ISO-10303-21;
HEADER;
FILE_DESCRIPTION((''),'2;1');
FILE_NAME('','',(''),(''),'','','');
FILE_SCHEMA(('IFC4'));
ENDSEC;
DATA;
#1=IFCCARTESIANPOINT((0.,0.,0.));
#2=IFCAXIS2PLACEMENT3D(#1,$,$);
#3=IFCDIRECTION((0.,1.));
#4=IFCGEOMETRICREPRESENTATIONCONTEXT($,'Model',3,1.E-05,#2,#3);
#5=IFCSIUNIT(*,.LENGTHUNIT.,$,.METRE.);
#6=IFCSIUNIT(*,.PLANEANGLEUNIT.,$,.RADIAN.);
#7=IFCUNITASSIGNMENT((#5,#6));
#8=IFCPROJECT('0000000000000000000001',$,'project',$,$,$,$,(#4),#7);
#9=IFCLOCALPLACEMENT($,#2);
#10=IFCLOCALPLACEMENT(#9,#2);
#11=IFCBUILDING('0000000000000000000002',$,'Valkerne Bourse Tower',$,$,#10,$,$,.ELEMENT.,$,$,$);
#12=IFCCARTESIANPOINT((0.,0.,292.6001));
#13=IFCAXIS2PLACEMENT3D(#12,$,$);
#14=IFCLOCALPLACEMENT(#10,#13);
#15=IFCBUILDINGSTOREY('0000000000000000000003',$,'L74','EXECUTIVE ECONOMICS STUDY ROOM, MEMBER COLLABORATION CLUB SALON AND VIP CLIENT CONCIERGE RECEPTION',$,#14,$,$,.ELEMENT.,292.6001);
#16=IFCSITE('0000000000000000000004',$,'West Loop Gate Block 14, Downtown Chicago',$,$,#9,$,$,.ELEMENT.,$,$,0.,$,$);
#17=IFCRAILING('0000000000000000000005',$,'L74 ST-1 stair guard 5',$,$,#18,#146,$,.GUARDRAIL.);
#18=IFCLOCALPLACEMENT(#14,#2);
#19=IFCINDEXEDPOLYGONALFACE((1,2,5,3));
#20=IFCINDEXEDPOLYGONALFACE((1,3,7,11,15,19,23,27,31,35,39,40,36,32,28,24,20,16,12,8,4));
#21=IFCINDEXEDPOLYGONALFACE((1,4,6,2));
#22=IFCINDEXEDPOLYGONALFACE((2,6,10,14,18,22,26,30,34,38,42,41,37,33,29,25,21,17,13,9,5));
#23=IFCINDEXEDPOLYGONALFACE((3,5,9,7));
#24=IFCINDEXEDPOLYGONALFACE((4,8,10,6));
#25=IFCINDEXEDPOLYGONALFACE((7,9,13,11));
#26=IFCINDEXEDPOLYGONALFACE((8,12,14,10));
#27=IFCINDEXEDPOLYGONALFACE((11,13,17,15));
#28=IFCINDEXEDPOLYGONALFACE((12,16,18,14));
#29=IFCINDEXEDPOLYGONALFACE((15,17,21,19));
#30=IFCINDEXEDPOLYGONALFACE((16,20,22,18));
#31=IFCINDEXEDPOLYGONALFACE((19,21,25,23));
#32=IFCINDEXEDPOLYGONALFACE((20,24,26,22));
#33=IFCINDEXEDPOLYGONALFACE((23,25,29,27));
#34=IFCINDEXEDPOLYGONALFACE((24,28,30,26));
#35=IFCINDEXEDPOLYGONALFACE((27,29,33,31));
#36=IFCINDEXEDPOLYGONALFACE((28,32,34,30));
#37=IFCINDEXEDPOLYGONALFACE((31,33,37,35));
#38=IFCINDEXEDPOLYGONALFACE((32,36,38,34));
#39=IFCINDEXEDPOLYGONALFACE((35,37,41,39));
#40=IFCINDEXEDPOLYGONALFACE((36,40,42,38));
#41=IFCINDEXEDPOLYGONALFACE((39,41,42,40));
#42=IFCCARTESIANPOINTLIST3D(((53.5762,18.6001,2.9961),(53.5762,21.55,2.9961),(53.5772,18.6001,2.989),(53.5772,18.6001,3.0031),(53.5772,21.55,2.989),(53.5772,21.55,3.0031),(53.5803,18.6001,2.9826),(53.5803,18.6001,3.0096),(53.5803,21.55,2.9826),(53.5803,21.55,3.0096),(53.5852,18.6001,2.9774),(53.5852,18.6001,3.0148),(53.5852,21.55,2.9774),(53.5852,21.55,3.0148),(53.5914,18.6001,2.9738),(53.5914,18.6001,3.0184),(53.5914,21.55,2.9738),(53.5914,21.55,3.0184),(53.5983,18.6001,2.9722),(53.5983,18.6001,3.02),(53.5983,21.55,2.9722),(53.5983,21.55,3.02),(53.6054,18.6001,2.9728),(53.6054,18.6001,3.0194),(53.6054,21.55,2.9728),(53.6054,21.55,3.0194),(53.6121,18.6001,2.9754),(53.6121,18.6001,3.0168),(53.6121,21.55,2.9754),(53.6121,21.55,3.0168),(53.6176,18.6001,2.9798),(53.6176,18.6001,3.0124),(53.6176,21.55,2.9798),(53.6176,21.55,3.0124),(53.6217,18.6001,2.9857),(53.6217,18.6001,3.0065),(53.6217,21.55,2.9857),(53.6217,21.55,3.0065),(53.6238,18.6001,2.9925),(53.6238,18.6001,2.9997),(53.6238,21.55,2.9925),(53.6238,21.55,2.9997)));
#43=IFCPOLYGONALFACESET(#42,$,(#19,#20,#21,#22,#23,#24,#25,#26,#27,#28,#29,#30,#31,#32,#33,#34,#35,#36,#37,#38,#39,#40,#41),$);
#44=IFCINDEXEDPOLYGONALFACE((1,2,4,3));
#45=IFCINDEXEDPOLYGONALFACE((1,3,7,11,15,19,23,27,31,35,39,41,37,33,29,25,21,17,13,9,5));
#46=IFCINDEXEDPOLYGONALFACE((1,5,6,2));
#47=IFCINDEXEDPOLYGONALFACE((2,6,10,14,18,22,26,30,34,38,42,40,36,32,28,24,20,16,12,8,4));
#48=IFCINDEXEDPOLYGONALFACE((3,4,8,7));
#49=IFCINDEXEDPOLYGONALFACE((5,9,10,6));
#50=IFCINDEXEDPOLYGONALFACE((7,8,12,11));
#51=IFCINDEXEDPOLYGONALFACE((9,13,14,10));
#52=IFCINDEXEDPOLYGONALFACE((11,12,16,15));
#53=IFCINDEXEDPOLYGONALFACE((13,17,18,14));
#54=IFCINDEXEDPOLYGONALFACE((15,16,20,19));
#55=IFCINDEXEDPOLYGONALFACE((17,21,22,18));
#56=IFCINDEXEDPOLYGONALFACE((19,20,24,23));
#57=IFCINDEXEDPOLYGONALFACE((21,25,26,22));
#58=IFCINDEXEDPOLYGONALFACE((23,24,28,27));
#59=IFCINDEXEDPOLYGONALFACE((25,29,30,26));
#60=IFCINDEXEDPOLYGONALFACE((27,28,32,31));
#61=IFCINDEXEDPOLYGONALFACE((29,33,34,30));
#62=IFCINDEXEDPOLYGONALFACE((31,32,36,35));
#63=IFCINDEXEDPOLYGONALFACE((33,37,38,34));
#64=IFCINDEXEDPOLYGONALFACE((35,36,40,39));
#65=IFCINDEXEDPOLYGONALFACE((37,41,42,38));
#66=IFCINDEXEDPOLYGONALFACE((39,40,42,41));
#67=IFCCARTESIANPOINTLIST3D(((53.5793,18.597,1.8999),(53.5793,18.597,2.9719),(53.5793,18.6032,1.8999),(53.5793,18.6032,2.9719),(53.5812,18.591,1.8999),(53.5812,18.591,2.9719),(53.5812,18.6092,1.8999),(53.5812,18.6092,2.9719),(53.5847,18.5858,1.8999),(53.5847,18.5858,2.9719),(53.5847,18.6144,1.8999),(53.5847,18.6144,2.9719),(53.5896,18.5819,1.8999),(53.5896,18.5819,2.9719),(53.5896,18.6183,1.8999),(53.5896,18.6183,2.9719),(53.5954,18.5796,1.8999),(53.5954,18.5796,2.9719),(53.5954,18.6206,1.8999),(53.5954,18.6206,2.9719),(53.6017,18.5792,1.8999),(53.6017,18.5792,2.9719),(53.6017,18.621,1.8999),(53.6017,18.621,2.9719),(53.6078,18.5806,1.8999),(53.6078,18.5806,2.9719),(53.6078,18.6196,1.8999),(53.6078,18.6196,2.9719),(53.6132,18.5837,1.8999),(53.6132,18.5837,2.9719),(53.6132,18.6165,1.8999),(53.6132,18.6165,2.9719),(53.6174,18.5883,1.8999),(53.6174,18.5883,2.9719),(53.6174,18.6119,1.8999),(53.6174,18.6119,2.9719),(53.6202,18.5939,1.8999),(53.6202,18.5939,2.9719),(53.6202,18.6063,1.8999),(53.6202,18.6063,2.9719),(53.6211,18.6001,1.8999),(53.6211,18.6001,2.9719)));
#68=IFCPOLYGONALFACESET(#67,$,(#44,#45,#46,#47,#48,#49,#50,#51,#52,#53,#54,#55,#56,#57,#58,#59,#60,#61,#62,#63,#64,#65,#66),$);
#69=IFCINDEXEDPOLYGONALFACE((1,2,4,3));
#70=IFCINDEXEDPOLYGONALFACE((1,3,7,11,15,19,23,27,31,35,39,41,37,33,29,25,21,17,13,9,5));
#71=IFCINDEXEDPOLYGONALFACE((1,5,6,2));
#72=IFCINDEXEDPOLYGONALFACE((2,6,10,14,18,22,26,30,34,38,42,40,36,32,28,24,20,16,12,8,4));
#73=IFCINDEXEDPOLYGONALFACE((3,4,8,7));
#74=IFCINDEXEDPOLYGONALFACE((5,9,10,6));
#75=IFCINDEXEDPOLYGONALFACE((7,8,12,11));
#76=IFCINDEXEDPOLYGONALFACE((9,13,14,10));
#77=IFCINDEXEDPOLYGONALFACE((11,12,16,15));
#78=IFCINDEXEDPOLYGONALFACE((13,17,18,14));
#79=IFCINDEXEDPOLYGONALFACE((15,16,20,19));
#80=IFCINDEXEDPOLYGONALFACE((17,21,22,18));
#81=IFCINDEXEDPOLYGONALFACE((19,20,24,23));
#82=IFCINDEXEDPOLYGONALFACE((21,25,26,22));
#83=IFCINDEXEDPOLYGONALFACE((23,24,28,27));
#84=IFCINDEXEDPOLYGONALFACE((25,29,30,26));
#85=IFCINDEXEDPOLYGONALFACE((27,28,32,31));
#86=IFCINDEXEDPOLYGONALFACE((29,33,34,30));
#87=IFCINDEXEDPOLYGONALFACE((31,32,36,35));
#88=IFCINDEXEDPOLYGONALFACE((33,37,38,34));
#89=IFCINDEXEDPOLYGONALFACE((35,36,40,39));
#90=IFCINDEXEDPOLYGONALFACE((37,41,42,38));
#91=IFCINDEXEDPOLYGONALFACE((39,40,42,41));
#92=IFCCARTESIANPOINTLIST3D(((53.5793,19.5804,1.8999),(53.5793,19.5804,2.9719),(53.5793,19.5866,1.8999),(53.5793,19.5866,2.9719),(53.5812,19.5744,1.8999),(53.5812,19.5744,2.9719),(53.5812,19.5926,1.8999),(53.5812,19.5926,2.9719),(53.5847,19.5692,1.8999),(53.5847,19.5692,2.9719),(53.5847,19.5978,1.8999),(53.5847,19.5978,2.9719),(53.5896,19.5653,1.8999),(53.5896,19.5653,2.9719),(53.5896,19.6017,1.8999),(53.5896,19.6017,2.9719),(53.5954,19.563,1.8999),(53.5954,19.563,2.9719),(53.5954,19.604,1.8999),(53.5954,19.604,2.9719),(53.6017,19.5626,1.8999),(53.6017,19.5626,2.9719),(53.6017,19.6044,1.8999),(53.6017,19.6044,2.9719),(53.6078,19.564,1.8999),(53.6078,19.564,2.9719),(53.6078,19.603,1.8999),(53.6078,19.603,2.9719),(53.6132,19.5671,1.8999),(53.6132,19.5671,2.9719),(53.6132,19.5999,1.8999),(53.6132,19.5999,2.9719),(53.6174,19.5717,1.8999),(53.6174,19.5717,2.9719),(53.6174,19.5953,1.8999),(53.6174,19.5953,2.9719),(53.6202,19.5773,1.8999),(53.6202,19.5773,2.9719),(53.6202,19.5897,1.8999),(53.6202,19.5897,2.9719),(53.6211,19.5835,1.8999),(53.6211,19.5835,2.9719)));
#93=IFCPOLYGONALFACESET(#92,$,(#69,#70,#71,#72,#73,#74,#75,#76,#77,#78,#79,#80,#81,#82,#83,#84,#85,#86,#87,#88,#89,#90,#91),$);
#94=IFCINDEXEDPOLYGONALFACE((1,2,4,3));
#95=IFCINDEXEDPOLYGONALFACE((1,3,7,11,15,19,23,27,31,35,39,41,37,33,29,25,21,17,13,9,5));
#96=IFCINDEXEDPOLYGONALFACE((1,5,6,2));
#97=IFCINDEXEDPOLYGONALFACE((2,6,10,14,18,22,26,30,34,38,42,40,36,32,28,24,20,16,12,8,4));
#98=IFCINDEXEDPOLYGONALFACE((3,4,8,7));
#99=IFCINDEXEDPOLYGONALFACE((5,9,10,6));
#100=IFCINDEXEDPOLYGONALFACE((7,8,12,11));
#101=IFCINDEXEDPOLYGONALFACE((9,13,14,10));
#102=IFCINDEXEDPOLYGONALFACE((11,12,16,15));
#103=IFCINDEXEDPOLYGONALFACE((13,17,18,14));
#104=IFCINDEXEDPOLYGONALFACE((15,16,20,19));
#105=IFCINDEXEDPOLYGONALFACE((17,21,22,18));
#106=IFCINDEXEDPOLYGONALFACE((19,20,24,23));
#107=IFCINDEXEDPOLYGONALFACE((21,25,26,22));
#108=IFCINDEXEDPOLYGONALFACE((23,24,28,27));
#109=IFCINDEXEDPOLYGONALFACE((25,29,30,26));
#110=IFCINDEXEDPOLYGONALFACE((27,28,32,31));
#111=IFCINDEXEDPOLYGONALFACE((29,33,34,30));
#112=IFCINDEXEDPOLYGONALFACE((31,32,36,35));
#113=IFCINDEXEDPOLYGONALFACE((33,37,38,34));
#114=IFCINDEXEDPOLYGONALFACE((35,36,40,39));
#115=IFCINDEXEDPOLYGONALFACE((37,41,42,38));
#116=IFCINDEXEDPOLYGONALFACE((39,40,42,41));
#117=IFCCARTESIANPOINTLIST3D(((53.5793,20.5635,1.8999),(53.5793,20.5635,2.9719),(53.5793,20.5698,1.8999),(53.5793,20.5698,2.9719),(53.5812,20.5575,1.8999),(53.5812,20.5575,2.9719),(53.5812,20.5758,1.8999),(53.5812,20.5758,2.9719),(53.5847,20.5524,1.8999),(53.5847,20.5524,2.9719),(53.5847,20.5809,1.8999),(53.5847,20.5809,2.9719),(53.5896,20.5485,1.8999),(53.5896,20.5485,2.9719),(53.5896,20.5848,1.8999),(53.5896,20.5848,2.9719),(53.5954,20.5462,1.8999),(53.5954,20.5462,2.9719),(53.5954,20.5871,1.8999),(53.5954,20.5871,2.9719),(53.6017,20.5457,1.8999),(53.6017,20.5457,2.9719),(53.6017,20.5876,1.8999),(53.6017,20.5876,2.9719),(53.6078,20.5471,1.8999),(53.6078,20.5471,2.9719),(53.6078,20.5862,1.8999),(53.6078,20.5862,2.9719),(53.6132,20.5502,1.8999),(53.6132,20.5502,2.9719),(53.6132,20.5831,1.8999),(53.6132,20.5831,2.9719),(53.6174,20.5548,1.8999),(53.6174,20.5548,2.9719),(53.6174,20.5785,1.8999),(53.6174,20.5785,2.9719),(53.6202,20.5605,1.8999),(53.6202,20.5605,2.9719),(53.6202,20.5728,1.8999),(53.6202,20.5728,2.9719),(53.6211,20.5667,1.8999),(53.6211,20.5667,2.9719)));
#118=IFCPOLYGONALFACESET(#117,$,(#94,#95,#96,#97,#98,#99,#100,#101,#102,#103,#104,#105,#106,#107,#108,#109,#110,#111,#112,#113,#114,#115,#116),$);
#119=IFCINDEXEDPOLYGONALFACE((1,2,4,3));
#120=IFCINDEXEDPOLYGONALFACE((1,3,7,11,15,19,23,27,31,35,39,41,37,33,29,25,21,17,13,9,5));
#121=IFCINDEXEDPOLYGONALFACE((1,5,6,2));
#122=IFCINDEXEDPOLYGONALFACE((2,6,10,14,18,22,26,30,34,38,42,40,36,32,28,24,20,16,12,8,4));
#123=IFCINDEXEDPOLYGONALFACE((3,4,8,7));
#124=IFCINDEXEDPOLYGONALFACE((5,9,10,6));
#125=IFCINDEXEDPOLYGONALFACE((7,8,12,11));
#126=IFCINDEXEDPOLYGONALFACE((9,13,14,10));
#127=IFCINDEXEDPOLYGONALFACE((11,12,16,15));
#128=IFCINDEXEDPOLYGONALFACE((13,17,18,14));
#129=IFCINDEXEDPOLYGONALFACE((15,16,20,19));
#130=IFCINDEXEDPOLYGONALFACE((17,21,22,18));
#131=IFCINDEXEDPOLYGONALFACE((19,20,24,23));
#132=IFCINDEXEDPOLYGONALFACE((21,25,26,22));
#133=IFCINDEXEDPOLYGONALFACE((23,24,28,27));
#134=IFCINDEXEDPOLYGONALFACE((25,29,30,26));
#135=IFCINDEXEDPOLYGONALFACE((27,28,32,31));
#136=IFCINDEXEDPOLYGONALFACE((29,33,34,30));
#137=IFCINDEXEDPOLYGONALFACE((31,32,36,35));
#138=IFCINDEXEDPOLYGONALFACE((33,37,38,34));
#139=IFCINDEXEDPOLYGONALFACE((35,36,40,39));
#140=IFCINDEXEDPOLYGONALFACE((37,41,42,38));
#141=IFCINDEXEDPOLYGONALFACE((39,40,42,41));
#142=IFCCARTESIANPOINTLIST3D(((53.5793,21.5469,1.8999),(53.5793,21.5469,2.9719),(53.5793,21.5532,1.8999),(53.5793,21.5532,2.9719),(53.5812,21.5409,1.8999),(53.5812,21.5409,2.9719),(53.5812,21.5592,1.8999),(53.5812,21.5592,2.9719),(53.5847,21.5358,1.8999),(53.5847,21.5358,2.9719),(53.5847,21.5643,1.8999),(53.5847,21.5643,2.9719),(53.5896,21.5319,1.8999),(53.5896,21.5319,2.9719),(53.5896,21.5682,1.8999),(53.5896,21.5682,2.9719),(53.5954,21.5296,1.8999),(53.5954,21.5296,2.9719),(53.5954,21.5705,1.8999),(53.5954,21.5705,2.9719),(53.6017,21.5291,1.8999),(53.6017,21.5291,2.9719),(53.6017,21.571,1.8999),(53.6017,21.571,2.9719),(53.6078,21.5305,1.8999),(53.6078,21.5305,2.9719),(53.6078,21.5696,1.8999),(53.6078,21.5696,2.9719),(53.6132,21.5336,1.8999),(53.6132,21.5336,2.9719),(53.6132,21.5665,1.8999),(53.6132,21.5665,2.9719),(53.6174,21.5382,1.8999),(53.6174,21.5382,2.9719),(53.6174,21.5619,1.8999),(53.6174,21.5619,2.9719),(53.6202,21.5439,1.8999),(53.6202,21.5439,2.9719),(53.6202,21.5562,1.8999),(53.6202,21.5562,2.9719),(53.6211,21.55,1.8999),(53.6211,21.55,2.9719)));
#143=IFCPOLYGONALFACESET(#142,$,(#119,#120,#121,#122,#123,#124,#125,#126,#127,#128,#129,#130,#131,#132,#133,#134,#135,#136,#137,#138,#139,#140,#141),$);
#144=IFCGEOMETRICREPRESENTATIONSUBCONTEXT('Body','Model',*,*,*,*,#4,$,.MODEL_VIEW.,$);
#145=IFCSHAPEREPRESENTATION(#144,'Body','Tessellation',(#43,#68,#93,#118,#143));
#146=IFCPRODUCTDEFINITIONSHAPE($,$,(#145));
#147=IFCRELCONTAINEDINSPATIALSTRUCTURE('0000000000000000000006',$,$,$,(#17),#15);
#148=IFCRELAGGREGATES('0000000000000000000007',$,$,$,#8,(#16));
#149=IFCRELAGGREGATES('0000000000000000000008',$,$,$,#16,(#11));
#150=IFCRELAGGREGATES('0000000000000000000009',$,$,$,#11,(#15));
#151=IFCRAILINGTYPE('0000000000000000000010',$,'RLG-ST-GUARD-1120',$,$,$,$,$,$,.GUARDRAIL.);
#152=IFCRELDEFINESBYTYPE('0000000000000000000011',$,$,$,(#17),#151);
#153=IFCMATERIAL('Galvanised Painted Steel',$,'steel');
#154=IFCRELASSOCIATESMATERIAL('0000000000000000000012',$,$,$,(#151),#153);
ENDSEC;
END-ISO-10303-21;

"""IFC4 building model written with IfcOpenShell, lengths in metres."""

from ifc_helpers import new_model, si_unit, direction, frame, origin, origin_2d, place, context, subcontext, project, spatial, circle, extrude, material, type_object, element, save


model = new_model("IFC4")

# Units and contexts
model_context = context("Model", 3, precision=1e-05, world=origin(), true_north=direction((0.0, 1.0)))
body_context = subcontext(model_context, "Body", "Model", "MODEL_VIEW")
ifc_project = project(units=[si_unit("LENGTHUNIT", "METRE"), si_unit("PLANEANGLEUNIT", "RADIAN")], contexts=[model_context])

# Site, building, storey
site_placement = place(None, origin())
site = spatial("IfcSite", under=ifc_project, at=site_placement, Name="West Loop Gate Block 14, Downtown Chicago", CompositionType="ELEMENT", RefElevation=0.0)
building_placement = place(site_placement, origin())
building = spatial("IfcBuilding", under=site, at=building_placement, Name="Valkerne Bourse Tower", CompositionType="ELEMENT")
storey_placement = place(building_placement, frame((0.0, 0.0, 292.6001)))
storey = spatial("IfcBuildingStorey", under=building, at=storey_placement, Name="L74", Description="EXECUTIVE ECONOMICS STUDY ROOM, MEMBER COLLABORATION CLUB SALON AND VIP CLIENT CONCIERGE RECEPTION", CompositionType="ELEMENT", Elevation=292.6001)

# Railing
ifc_material_1 = material(Name="Galvanised Painted Steel", Category="steel")
railing_type = type_object("IfcRailingType", Name="RLG-ST-GUARD-1120", PredefinedType="GUARDRAIL", material=ifc_material_1)
railing_1_placement = place(storey_placement, frame((53.6001, 18.6001, 1.8999)))
element("IfcRailing", 1, at=railing_1_placement, inside=storey, type_object=railing_type, Name="L74 ST-1 stair guard 5", PredefinedType="GUARDRAIL", context=body_context, shape_type="SweptSolid", body=[
    extrude(circle(Radius=0.0239, at=origin_2d()), frame((0.0, 0.0, 1.0962), z_axis=(0.0, 1.0, 0.0), x_axis=(-1.0, 0.0, 0.0)), (0.0, 0.0, 1.0), 2.95),
    extrude(circle(Radius=0.021, at=origin_2d()), origin(), (0.0, 0.0, 1.0), 1.072),
    extrude(circle(Radius=0.021, at=origin_2d()), frame((0.0, 0.9834, 0.0)), (0.0, 0.0, 1.0), 1.072),
    extrude(circle(Radius=0.021, at=origin_2d()), frame((0.0, 1.9666, 0.0)), (0.0, 0.0, 1.0), 1.072),
    extrude(circle(Radius=0.021, at=origin_2d()), frame((0.0, 2.95, 0.0)), (0.0, 0.0, 1.0), 1.072),
])

save(model, "model.ifc")
